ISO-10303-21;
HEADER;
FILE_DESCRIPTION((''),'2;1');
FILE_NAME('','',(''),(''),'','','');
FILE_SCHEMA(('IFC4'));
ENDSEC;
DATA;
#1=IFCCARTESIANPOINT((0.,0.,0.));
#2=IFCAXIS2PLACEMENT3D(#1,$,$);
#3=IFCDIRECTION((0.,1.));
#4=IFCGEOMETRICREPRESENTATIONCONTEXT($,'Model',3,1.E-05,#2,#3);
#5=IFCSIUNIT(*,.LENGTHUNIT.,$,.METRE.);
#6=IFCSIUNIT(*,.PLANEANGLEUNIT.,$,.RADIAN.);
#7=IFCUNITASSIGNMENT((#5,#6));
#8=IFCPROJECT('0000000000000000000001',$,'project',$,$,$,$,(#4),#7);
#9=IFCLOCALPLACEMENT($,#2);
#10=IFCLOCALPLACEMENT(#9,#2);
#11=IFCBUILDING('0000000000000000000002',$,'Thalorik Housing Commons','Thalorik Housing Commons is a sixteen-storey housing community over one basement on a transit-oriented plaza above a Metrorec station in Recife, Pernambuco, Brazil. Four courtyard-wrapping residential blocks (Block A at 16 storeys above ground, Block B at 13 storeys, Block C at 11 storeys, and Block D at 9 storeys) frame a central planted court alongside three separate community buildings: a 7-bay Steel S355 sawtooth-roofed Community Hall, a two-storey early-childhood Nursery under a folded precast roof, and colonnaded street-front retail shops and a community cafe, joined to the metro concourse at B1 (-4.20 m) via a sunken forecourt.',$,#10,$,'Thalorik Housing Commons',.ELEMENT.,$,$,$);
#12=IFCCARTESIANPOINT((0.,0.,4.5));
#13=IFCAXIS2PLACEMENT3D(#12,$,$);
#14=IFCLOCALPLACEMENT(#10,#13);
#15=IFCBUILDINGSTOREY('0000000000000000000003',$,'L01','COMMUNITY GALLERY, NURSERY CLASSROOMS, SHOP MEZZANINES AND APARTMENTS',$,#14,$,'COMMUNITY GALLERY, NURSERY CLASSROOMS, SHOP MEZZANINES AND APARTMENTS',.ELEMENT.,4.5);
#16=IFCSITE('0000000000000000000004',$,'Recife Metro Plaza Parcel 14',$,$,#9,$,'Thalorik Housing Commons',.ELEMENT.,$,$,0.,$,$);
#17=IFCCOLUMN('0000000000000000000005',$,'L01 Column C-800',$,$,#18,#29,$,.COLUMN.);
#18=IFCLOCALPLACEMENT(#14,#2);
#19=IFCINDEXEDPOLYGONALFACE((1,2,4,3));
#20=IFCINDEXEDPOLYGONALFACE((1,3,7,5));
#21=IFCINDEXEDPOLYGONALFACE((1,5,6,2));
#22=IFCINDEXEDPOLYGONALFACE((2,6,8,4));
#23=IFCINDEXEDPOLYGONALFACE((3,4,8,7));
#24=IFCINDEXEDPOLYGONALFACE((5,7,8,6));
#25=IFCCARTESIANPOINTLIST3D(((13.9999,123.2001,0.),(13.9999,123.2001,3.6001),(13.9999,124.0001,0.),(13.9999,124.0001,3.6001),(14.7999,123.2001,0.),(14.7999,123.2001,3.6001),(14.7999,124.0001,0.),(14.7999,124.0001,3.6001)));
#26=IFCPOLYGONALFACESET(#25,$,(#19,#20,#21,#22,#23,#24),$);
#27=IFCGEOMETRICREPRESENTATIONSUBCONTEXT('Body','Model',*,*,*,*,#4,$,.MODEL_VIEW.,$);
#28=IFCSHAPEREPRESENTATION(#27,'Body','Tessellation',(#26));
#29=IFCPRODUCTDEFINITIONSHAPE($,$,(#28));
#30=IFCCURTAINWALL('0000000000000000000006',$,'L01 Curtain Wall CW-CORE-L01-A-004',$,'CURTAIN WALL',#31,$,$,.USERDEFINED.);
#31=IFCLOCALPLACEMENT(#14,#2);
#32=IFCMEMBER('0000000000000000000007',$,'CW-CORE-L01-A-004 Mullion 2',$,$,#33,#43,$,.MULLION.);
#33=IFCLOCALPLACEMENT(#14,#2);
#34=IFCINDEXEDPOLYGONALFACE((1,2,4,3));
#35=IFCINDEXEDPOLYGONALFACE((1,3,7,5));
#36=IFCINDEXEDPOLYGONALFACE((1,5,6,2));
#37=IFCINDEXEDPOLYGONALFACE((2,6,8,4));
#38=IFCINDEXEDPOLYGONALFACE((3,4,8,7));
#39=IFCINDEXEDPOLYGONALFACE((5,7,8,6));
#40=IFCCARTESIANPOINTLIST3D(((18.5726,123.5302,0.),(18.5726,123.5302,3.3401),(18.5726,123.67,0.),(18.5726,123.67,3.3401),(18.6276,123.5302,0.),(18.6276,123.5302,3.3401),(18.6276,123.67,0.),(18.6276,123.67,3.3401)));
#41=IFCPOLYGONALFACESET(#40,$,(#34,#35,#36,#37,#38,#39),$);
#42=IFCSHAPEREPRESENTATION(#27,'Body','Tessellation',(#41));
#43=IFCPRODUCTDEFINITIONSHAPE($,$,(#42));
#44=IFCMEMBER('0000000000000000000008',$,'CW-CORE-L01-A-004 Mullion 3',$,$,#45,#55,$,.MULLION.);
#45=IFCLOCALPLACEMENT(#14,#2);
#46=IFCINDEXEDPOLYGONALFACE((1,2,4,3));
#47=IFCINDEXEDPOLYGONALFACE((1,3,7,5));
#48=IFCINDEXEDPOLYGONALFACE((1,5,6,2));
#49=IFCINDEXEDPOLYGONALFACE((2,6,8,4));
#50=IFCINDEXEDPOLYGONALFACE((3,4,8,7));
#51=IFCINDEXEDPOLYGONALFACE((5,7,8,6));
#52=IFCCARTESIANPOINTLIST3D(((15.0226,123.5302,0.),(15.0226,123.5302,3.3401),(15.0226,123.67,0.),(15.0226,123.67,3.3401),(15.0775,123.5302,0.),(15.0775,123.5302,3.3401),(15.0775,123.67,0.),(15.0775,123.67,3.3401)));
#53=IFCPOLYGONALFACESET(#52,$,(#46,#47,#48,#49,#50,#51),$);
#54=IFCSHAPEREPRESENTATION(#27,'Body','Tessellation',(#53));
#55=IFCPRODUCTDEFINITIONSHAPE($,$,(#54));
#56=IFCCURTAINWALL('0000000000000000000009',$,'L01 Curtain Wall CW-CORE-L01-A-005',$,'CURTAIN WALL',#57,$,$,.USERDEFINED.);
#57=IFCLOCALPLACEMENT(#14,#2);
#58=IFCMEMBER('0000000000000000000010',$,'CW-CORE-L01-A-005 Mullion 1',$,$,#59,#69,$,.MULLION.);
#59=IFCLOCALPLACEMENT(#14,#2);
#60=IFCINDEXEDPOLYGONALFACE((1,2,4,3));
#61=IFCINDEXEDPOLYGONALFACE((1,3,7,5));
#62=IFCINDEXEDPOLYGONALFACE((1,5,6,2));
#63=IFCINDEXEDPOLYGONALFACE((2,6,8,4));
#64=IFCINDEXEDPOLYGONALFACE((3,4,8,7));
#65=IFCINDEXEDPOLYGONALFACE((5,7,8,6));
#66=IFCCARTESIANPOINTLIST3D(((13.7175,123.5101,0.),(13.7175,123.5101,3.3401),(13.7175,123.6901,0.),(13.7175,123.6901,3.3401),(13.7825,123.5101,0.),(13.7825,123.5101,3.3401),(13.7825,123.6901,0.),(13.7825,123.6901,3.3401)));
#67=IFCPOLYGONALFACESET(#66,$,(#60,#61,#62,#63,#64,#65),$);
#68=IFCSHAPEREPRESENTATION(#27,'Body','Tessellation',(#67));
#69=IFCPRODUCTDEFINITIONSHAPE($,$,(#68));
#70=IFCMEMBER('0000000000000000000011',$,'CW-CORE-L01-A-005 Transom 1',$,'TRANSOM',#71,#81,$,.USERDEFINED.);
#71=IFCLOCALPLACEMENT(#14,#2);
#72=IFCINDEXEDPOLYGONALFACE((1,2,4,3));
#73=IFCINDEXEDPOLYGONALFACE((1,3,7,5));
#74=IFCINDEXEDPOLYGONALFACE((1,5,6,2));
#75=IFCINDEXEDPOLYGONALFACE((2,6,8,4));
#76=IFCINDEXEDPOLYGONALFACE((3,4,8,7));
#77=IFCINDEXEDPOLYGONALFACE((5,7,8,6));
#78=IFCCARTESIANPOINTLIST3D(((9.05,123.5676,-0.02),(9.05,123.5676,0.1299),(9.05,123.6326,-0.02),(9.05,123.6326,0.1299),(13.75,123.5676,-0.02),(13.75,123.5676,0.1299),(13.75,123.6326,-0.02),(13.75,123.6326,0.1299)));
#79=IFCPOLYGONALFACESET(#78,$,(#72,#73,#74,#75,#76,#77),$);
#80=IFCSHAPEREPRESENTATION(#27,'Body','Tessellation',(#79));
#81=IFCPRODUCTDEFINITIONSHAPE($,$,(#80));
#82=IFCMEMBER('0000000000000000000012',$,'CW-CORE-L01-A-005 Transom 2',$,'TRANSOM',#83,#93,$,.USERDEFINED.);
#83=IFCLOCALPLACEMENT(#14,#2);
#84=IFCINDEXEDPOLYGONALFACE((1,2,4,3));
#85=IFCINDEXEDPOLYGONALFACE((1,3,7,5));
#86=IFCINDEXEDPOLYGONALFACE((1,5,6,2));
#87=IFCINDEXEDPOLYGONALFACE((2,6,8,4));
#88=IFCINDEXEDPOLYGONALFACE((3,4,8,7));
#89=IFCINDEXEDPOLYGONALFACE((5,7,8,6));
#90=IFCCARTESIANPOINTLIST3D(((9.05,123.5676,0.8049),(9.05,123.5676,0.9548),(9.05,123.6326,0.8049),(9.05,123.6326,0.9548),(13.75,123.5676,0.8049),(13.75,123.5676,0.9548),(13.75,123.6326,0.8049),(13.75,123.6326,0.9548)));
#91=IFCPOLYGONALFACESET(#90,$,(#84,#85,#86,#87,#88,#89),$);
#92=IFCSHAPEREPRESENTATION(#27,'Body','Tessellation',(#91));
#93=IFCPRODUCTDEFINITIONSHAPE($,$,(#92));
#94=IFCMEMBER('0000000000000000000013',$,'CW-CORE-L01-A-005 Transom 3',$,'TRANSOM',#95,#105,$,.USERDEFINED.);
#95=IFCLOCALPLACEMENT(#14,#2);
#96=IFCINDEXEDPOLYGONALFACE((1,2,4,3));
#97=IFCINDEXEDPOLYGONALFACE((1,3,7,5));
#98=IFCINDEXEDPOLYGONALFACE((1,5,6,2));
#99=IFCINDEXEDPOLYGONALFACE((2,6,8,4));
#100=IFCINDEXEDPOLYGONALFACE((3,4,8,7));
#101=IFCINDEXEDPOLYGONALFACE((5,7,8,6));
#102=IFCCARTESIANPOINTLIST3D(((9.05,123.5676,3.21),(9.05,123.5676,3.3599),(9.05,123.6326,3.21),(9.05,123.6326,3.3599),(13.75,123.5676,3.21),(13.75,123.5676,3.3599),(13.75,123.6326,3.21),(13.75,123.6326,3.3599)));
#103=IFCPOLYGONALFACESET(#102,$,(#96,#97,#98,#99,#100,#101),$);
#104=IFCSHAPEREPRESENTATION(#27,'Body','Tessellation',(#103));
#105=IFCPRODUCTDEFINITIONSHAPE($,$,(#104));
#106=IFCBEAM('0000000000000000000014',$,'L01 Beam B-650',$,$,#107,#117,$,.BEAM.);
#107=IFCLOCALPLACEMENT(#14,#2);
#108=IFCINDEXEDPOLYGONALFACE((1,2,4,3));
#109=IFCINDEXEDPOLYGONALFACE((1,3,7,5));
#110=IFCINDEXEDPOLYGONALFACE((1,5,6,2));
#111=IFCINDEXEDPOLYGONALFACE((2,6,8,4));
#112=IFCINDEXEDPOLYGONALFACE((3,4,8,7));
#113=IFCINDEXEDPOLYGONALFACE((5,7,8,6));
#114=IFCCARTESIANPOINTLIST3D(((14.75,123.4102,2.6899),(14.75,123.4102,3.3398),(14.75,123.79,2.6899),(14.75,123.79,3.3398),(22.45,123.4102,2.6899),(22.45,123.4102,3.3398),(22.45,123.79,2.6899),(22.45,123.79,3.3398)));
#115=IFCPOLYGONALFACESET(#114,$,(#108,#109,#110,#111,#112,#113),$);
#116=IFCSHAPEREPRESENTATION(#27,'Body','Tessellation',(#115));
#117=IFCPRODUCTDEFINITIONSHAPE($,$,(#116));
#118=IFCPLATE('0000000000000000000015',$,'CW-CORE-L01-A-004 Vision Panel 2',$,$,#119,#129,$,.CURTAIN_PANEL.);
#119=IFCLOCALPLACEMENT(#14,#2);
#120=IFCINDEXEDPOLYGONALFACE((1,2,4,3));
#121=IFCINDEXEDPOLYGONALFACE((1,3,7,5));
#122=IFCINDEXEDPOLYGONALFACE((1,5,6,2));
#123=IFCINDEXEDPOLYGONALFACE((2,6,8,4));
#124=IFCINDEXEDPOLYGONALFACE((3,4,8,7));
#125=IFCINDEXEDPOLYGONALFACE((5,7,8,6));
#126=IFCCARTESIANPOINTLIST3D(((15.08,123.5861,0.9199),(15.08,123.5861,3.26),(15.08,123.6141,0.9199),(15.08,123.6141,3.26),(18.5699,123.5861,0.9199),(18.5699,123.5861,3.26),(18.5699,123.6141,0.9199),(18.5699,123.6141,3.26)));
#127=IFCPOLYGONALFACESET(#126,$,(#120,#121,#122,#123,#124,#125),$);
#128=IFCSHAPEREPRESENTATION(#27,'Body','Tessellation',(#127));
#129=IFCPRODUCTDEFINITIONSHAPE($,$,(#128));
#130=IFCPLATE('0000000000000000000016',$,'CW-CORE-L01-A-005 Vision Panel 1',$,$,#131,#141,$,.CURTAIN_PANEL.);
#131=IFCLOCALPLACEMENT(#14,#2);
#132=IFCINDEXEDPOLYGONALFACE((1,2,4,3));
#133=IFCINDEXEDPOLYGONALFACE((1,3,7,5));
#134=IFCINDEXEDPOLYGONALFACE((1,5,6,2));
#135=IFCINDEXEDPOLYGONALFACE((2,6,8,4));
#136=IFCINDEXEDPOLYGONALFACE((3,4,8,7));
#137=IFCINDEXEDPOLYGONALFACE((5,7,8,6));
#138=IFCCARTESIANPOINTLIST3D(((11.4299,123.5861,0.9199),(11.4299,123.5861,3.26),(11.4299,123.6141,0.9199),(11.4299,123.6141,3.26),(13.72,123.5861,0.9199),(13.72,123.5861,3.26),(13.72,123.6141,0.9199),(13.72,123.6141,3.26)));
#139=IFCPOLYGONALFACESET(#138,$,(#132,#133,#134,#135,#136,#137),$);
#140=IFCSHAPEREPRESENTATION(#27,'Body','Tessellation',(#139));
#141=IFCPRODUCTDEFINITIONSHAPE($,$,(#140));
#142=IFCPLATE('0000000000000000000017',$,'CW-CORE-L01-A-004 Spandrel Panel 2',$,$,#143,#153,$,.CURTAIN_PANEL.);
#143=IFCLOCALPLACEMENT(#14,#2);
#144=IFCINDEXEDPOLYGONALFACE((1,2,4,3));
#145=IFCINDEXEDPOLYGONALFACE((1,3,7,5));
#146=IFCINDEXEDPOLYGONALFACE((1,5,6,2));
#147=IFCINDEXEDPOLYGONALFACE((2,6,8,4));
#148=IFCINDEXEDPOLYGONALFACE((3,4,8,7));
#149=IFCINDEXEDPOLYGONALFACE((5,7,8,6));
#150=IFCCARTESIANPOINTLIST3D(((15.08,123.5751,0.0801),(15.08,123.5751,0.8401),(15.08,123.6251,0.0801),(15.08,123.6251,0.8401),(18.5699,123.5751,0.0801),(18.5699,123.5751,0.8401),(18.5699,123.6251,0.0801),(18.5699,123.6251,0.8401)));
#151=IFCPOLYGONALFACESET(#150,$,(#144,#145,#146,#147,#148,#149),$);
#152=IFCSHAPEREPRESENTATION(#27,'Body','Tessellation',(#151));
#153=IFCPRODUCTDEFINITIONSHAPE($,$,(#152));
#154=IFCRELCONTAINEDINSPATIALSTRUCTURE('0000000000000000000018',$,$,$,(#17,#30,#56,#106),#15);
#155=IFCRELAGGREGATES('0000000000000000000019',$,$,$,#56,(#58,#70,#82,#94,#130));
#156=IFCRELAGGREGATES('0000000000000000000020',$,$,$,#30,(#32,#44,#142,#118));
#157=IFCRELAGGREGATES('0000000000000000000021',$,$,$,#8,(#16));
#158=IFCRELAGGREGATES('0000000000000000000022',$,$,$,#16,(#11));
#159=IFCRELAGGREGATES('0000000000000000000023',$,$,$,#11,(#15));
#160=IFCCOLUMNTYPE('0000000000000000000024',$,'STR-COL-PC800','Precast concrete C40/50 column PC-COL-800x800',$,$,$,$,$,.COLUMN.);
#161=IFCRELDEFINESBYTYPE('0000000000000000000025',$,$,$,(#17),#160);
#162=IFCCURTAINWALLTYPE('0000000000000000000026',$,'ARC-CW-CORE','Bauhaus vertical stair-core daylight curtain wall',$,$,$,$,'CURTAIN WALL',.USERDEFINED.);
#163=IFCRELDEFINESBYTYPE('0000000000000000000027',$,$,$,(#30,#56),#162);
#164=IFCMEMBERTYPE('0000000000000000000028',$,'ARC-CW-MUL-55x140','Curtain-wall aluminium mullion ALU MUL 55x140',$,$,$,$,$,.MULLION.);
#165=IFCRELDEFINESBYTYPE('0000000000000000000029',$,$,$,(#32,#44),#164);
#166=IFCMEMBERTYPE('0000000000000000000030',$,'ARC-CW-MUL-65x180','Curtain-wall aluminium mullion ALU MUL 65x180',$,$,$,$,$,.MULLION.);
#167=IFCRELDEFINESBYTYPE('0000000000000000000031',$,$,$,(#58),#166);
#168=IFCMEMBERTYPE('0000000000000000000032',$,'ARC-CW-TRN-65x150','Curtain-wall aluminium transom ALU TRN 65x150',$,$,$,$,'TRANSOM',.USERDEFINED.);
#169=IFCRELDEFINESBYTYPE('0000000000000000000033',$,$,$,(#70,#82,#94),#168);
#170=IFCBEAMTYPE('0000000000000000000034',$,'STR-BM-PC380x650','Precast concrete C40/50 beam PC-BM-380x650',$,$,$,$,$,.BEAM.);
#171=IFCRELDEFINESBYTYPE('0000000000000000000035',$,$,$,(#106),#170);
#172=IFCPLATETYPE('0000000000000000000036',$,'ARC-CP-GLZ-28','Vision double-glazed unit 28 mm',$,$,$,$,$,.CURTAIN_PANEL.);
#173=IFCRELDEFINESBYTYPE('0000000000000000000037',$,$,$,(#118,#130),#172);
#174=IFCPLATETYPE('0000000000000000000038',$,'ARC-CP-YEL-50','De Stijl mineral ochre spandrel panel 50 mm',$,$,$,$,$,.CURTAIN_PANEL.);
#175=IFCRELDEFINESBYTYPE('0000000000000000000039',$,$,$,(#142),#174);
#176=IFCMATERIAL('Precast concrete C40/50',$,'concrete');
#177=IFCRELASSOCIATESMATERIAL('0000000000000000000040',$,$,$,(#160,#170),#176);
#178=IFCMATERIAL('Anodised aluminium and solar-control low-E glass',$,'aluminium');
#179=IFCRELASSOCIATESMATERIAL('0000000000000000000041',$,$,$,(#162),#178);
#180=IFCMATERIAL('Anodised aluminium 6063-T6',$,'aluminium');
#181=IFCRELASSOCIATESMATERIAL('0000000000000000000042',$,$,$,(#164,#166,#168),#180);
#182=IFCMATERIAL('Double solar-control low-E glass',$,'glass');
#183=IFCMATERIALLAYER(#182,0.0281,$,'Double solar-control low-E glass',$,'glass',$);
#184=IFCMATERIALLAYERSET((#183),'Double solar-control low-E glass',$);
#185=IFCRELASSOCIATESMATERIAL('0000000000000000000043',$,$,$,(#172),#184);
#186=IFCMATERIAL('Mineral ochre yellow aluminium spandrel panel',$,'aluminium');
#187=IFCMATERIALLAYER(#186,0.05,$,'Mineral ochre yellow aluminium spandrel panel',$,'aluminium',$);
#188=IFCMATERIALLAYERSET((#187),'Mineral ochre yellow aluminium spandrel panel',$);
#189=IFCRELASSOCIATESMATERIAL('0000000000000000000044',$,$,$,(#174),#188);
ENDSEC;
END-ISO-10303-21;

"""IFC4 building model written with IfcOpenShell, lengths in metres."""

from ifc_helpers import new_model, si_unit, direction, frame, origin, origin_2d, place, context, subcontext, project, spatial, rectangle, extrude, material, layer, layer_set, material_profile, profile_set, type_object, element, aggregate, save


model = new_model("IFC4")

# Units and contexts
model_context = context("Model", 3, precision=1e-05, world=origin(), true_north=direction((0.0, 1.0)))
body_context = subcontext(model_context, "Body", "Model", "MODEL_VIEW")
ifc_project = project(units=[si_unit("LENGTHUNIT", "METRE"), si_unit("PLANEANGLEUNIT", "RADIAN")], contexts=[model_context])

# Site, building, storey
site_placement = place(None, origin())
site = spatial("IfcSite", under=ifc_project, at=site_placement, Name="Recife Metro Plaza Parcel 14", LongName="Thalorik Housing Commons", CompositionType="ELEMENT", RefElevation=0.0)
building_placement = place(site_placement, origin())
building = spatial("IfcBuilding", under=site, at=building_placement, Name="Thalorik Housing Commons", Description="Thalorik Housing Commons is a sixteen-storey housing community over one basement on a transit-oriented plaza above a Metrorec station in Recife, Pernambuco, Brazil. Four courtyard-wrapping residential blocks (Block A at 16 storeys above ground, Block B at 13 storeys, Block C at 11 storeys, and Block D at 9 storeys) frame a central planted court alongside three separate community buildings: a 7-bay Steel S355 sawtooth-roofed Community Hall, a two-storey early-childhood Nursery under a folded precast roof, and colonnaded street-front retail shops and a community cafe, joined to the metro concourse at B1 (-4.20 m) via a sunken forecourt.", LongName="Thalorik Housing Commons", CompositionType="ELEMENT")
storey_placement = place(building_placement, frame((0.0, 0.0, 4.5)))
storey = spatial("IfcBuildingStorey", under=building, at=storey_placement, Name="L01", Description="COMMUNITY GALLERY, NURSERY CLASSROOMS, SHOP MEZZANINES AND APARTMENTS", LongName="COMMUNITY GALLERY, NURSERY CLASSROOMS, SHOP MEZZANINES AND APARTMENTS", CompositionType="ELEMENT", Elevation=4.5)

# Column
ifc_material_1 = material(Name="Precast concrete C40/50", Category="concrete")
ifc_material_profile_1 = material_profile(ifc_material_1, rectangle(XDim=0.8, YDim=0.8, at=origin_2d()), Name="PC 800x800", Category="concrete")
ifc_profile_set_1 = profile_set([ifc_material_profile_1], Name="Precast concrete C40/50")
column_type = type_object("IfcColumnType", Name="STR-COL-PC800", Description="Precast concrete C40/50 column PC-COL-800x800", PredefinedType="COLUMN", material=ifc_profile_set_1)
column_placement = place(storey_placement, frame((14.3999, 123.6001, 0.0), z_axis=(0.0, 0.0, 1.0), x_axis=(1.0, 0.0, 0.0)))
element("IfcColumn", 1, at=column_placement, inside=storey, type_object=column_type, Name="L01 Column C-800", PredefinedType="COLUMN", context=body_context, shape_type="SweptSolid", body=[
    extrude(rectangle(XDim=0.8, YDim=0.8, at=origin_2d()), origin(), (0.0, 0.0, 1.0), 3.6001),
])

# Curtain walls, members
ifc_material_2 = material(Name="Anodised aluminium and solar-control low-E glass", Category="aluminium")
curtain_wall_type = type_object("IfcCurtainWallType", Name="ARC-CW-CORE", Description="Bauhaus vertical stair-core daylight curtain wall", ElementType="CURTAIN WALL", PredefinedType="USERDEFINED", material=ifc_material_2)
curtain_wall_1_placement = place(storey_placement, origin())
curtain_wall_1 = element("IfcCurtainWall", 2, at=curtain_wall_1_placement, inside=storey, type_object=curtain_wall_type, Name="L01 Curtain Wall CW-CORE-L01-A-004", ObjectType="CURTAIN WALL", PredefinedType="USERDEFINED")
ifc_material_3 = material(Name="Anodised aluminium 6063-T6", Category="aluminium")
ifc_material_profile_2 = material_profile(ifc_material_3, rectangle(XDim=0.0549, YDim=0.1399, at=origin_2d()), Name="ALU MUL 55x140", Category="aluminium")
ifc_profile_set_2 = profile_set([ifc_material_profile_2], Name="Anodised aluminium 6063-T6")
member_type_1 = type_object("IfcMemberType", Name="ARC-CW-MUL-55x140", Description="Curtain-wall aluminium mullion ALU MUL 55x140", PredefinedType="MULLION", material=ifc_profile_set_2)
member_1_placement = place(storey_placement, frame((18.6001, 123.6001, 0.0), z_axis=(0.0, 0.0, 1.0), x_axis=(-1.0, 0.0, 0.0)))
member_1 = element("IfcMember", 3, at=member_1_placement, type_object=member_type_1, Name="CW-CORE-L01-A-004 Mullion 2", PredefinedType="MULLION", context=body_context, shape_type="SweptSolid", body=[
    extrude(rectangle(XDim=0.0549, YDim=0.1399, at=origin_2d()), origin(), (0.0, 0.0, 1.0), 3.3401),
])
member_2_placement = place(storey_placement, frame((15.05, 123.6001, 0.0), z_axis=(0.0, 0.0, 1.0), x_axis=(-1.0, 0.0, 0.0)))
member_2 = element("IfcMember", 4, at=member_2_placement, type_object=member_type_1, Name="CW-CORE-L01-A-004 Mullion 3", PredefinedType="MULLION", context=body_context, shape_type="SweptSolid", body=[
    extrude(rectangle(XDim=0.0549, YDim=0.1399, at=origin_2d()), origin(), (0.0, 0.0, 1.0), 3.3401),
])
curtain_wall_2_placement = place(storey_placement, origin())
curtain_wall_2 = element("IfcCurtainWall", 5, at=curtain_wall_2_placement, inside=storey, type_object=curtain_wall_type, Name="L01 Curtain Wall CW-CORE-L01-A-005", ObjectType="CURTAIN WALL", PredefinedType="USERDEFINED")
ifc_material_profile_3 = material_profile(ifc_material_3, rectangle(XDim=0.0649, YDim=0.1799, at=origin_2d()), Name="ALU MUL 65x180", Category="aluminium")
ifc_profile_set_3 = profile_set([ifc_material_profile_3], Name="Anodised aluminium 6063-T6")
member_type_2 = type_object("IfcMemberType", Name="ARC-CW-MUL-65x180", Description="Curtain-wall aluminium mullion ALU MUL 65x180", PredefinedType="MULLION", material=ifc_profile_set_3)
member_3_placement = place(storey_placement, frame((13.75, 123.6001, 0.0), z_axis=(0.0, 0.0, 1.0), x_axis=(-1.0, 0.0, 0.0)))
member_3 = element("IfcMember", 6, at=member_3_placement, type_object=member_type_2, Name="CW-CORE-L01-A-005 Mullion 1", PredefinedType="MULLION", context=body_context, shape_type="SweptSolid", body=[
    extrude(rectangle(XDim=0.0649, YDim=0.1799, at=origin_2d()), origin(), (0.0, 0.0, 1.0), 3.3401),
])
ifc_material_profile_4 = material_profile(ifc_material_3, rectangle(XDim=0.0649, YDim=0.1499, at=origin_2d()), Name="ALU TRN 65x150", Category="aluminium")
ifc_profile_set_4 = profile_set([ifc_material_profile_4], Name="Anodised aluminium 6063-T6")
member_type_3 = type_object("IfcMemberType", Name="ARC-CW-TRN-65x150", Description="Curtain-wall aluminium transom ALU TRN 65x150", ElementType="TRANSOM", PredefinedType="USERDEFINED", material=ifc_profile_set_4)
member_4_placement = place(storey_placement, frame((13.75, 123.6001, 0.0549), z_axis=(-1.0, 0.0, 0.0), x_axis=(0.0, -1.0, 0.0)))
member_4 = element("IfcMember", 7, at=member_4_placement, type_object=member_type_3, Name="CW-CORE-L01-A-005 Transom 1", ObjectType="TRANSOM", PredefinedType="USERDEFINED", context=body_context, shape_type="SweptSolid", body=[
    extrude(rectangle(XDim=0.0649, YDim=0.1499, at=origin_2d()), origin(), (0.0, 0.0, 1.0), 4.7),
])
member_5_placement = place(storey_placement, frame((13.75, 123.6001, 0.8799), z_axis=(-1.0, 0.0, 0.0), x_axis=(0.0, -1.0, 0.0)))
member_5 = element("IfcMember", 8, at=member_5_placement, type_object=member_type_3, Name="CW-CORE-L01-A-005 Transom 2", ObjectType="TRANSOM", PredefinedType="USERDEFINED", context=body_context, shape_type="SweptSolid", body=[
    extrude(rectangle(XDim=0.0649, YDim=0.1499, at=origin_2d()), origin(), (0.0, 0.0, 1.0), 4.7),
])
member_6_placement = place(storey_placement, frame((13.75, 123.6001, 3.2849), z_axis=(-1.0, 0.0, 0.0), x_axis=(0.0, -1.0, 0.0)))
member_6 = element("IfcMember", 9, at=member_6_placement, type_object=member_type_3, Name="CW-CORE-L01-A-005 Transom 3", ObjectType="TRANSOM", PredefinedType="USERDEFINED", context=body_context, shape_type="SweptSolid", body=[
    extrude(rectangle(XDim=0.0649, YDim=0.1499, at=origin_2d()), origin(), (0.0, 0.0, 1.0), 4.7),
])

# Beam
ifc_material_profile_5 = material_profile(ifc_material_1, rectangle(XDim=0.3799, YDim=0.6499, at=origin_2d()), Name="PC 380x650", Category="concrete")
ifc_profile_set_5 = profile_set([ifc_material_profile_5], Name="Precast concrete C40/50")
beam_type = type_object("IfcBeamType", Name="STR-BM-PC380x650", Description="Precast concrete C40/50 beam PC-BM-380x650", PredefinedType="BEAM", material=ifc_profile_set_5)
beam_placement = place(storey_placement, frame((14.75, 123.6001, 3.0149), z_axis=(1.0, 0.0, 0.0), x_axis=(0.0, 1.0, 0.0)))
element("IfcBeam", 10, at=beam_placement, inside=storey, type_object=beam_type, Name="L01 Beam B-650", PredefinedType="BEAM", context=body_context, shape_type="SweptSolid", body=[
    extrude(rectangle(XDim=0.3799, YDim=0.6499, at=origin_2d()), origin(), (0.0, 0.0, 1.0), 7.7),
])

# Plates
ifc_material_4 = material(Name="Double solar-control low-E glass", Category="glass")
ifc_layer_1 = layer(ifc_material_4, 0.0281, Name="Double solar-control low-E glass", Category="glass")
ifc_layer_set_1 = layer_set([ifc_layer_1], Name="Double solar-control low-E glass")
plate_type_1 = type_object("IfcPlateType", Name="ARC-CP-GLZ-28", Description="Vision double-glazed unit 28 mm", PredefinedType="CURTAIN_PANEL", material=ifc_layer_set_1)
plate_1_placement = place(storey_placement, frame((16.825, 123.6001, 0.9199), z_axis=(0.0, 0.0, 1.0), x_axis=(-1.0, 0.0, 0.0)))
plate_1 = element("IfcPlate", 11, at=plate_1_placement, type_object=plate_type_1, Name="CW-CORE-L01-A-004 Vision Panel 2", PredefinedType="CURTAIN_PANEL", context=body_context, shape_type="SweptSolid", body=[
    extrude(rectangle(XDim=3.49, YDim=0.0281, at=origin_2d()), origin(), (0.0, 0.0, 1.0), 2.3401),
])
plate_2_placement = place(storey_placement, frame((12.575, 123.6001, 0.9199), z_axis=(0.0, 0.0, 1.0), x_axis=(-1.0, 0.0, 0.0)))
plate_2 = element("IfcPlate", 12, at=plate_2_placement, type_object=plate_type_1, Name="CW-CORE-L01-A-005 Vision Panel 1", PredefinedType="CURTAIN_PANEL", context=body_context, shape_type="SweptSolid", body=[
    extrude(rectangle(XDim=2.29, YDim=0.0281, at=origin_2d()), origin(), (0.0, 0.0, 1.0), 2.3401),
])
aggregate(curtain_wall_2, [member_3, member_4, member_5, member_6, plate_2])
ifc_material_5 = material(Name="Mineral ochre yellow aluminium spandrel panel", Category="aluminium")
ifc_layer_2 = layer(ifc_material_5, 0.05, Name="Mineral ochre yellow aluminium spandrel panel", Category="aluminium")
ifc_layer_set_2 = layer_set([ifc_layer_2], Name="Mineral ochre yellow aluminium spandrel panel")
plate_type_2 = type_object("IfcPlateType", Name="ARC-CP-YEL-50", Description="De Stijl mineral ochre spandrel panel 50 mm", PredefinedType="CURTAIN_PANEL", material=ifc_layer_set_2)
plate_3_placement = place(storey_placement, frame((16.825, 123.6001, 0.0801), z_axis=(0.0, 0.0, 1.0), x_axis=(-1.0, 0.0, 0.0)))
plate_3 = element("IfcPlate", 13, at=plate_3_placement, type_object=plate_type_2, Name="CW-CORE-L01-A-004 Spandrel Panel 2", PredefinedType="CURTAIN_PANEL", context=body_context, shape_type="SweptSolid", body=[
    extrude(rectangle(XDim=3.49, YDim=0.05, at=origin_2d()), origin(), (0.0, 0.0, 1.0), 0.76),
])
aggregate(curtain_wall_1, [member_1, member_2, plate_3, plate_1])

save(model, "model.ifc")
